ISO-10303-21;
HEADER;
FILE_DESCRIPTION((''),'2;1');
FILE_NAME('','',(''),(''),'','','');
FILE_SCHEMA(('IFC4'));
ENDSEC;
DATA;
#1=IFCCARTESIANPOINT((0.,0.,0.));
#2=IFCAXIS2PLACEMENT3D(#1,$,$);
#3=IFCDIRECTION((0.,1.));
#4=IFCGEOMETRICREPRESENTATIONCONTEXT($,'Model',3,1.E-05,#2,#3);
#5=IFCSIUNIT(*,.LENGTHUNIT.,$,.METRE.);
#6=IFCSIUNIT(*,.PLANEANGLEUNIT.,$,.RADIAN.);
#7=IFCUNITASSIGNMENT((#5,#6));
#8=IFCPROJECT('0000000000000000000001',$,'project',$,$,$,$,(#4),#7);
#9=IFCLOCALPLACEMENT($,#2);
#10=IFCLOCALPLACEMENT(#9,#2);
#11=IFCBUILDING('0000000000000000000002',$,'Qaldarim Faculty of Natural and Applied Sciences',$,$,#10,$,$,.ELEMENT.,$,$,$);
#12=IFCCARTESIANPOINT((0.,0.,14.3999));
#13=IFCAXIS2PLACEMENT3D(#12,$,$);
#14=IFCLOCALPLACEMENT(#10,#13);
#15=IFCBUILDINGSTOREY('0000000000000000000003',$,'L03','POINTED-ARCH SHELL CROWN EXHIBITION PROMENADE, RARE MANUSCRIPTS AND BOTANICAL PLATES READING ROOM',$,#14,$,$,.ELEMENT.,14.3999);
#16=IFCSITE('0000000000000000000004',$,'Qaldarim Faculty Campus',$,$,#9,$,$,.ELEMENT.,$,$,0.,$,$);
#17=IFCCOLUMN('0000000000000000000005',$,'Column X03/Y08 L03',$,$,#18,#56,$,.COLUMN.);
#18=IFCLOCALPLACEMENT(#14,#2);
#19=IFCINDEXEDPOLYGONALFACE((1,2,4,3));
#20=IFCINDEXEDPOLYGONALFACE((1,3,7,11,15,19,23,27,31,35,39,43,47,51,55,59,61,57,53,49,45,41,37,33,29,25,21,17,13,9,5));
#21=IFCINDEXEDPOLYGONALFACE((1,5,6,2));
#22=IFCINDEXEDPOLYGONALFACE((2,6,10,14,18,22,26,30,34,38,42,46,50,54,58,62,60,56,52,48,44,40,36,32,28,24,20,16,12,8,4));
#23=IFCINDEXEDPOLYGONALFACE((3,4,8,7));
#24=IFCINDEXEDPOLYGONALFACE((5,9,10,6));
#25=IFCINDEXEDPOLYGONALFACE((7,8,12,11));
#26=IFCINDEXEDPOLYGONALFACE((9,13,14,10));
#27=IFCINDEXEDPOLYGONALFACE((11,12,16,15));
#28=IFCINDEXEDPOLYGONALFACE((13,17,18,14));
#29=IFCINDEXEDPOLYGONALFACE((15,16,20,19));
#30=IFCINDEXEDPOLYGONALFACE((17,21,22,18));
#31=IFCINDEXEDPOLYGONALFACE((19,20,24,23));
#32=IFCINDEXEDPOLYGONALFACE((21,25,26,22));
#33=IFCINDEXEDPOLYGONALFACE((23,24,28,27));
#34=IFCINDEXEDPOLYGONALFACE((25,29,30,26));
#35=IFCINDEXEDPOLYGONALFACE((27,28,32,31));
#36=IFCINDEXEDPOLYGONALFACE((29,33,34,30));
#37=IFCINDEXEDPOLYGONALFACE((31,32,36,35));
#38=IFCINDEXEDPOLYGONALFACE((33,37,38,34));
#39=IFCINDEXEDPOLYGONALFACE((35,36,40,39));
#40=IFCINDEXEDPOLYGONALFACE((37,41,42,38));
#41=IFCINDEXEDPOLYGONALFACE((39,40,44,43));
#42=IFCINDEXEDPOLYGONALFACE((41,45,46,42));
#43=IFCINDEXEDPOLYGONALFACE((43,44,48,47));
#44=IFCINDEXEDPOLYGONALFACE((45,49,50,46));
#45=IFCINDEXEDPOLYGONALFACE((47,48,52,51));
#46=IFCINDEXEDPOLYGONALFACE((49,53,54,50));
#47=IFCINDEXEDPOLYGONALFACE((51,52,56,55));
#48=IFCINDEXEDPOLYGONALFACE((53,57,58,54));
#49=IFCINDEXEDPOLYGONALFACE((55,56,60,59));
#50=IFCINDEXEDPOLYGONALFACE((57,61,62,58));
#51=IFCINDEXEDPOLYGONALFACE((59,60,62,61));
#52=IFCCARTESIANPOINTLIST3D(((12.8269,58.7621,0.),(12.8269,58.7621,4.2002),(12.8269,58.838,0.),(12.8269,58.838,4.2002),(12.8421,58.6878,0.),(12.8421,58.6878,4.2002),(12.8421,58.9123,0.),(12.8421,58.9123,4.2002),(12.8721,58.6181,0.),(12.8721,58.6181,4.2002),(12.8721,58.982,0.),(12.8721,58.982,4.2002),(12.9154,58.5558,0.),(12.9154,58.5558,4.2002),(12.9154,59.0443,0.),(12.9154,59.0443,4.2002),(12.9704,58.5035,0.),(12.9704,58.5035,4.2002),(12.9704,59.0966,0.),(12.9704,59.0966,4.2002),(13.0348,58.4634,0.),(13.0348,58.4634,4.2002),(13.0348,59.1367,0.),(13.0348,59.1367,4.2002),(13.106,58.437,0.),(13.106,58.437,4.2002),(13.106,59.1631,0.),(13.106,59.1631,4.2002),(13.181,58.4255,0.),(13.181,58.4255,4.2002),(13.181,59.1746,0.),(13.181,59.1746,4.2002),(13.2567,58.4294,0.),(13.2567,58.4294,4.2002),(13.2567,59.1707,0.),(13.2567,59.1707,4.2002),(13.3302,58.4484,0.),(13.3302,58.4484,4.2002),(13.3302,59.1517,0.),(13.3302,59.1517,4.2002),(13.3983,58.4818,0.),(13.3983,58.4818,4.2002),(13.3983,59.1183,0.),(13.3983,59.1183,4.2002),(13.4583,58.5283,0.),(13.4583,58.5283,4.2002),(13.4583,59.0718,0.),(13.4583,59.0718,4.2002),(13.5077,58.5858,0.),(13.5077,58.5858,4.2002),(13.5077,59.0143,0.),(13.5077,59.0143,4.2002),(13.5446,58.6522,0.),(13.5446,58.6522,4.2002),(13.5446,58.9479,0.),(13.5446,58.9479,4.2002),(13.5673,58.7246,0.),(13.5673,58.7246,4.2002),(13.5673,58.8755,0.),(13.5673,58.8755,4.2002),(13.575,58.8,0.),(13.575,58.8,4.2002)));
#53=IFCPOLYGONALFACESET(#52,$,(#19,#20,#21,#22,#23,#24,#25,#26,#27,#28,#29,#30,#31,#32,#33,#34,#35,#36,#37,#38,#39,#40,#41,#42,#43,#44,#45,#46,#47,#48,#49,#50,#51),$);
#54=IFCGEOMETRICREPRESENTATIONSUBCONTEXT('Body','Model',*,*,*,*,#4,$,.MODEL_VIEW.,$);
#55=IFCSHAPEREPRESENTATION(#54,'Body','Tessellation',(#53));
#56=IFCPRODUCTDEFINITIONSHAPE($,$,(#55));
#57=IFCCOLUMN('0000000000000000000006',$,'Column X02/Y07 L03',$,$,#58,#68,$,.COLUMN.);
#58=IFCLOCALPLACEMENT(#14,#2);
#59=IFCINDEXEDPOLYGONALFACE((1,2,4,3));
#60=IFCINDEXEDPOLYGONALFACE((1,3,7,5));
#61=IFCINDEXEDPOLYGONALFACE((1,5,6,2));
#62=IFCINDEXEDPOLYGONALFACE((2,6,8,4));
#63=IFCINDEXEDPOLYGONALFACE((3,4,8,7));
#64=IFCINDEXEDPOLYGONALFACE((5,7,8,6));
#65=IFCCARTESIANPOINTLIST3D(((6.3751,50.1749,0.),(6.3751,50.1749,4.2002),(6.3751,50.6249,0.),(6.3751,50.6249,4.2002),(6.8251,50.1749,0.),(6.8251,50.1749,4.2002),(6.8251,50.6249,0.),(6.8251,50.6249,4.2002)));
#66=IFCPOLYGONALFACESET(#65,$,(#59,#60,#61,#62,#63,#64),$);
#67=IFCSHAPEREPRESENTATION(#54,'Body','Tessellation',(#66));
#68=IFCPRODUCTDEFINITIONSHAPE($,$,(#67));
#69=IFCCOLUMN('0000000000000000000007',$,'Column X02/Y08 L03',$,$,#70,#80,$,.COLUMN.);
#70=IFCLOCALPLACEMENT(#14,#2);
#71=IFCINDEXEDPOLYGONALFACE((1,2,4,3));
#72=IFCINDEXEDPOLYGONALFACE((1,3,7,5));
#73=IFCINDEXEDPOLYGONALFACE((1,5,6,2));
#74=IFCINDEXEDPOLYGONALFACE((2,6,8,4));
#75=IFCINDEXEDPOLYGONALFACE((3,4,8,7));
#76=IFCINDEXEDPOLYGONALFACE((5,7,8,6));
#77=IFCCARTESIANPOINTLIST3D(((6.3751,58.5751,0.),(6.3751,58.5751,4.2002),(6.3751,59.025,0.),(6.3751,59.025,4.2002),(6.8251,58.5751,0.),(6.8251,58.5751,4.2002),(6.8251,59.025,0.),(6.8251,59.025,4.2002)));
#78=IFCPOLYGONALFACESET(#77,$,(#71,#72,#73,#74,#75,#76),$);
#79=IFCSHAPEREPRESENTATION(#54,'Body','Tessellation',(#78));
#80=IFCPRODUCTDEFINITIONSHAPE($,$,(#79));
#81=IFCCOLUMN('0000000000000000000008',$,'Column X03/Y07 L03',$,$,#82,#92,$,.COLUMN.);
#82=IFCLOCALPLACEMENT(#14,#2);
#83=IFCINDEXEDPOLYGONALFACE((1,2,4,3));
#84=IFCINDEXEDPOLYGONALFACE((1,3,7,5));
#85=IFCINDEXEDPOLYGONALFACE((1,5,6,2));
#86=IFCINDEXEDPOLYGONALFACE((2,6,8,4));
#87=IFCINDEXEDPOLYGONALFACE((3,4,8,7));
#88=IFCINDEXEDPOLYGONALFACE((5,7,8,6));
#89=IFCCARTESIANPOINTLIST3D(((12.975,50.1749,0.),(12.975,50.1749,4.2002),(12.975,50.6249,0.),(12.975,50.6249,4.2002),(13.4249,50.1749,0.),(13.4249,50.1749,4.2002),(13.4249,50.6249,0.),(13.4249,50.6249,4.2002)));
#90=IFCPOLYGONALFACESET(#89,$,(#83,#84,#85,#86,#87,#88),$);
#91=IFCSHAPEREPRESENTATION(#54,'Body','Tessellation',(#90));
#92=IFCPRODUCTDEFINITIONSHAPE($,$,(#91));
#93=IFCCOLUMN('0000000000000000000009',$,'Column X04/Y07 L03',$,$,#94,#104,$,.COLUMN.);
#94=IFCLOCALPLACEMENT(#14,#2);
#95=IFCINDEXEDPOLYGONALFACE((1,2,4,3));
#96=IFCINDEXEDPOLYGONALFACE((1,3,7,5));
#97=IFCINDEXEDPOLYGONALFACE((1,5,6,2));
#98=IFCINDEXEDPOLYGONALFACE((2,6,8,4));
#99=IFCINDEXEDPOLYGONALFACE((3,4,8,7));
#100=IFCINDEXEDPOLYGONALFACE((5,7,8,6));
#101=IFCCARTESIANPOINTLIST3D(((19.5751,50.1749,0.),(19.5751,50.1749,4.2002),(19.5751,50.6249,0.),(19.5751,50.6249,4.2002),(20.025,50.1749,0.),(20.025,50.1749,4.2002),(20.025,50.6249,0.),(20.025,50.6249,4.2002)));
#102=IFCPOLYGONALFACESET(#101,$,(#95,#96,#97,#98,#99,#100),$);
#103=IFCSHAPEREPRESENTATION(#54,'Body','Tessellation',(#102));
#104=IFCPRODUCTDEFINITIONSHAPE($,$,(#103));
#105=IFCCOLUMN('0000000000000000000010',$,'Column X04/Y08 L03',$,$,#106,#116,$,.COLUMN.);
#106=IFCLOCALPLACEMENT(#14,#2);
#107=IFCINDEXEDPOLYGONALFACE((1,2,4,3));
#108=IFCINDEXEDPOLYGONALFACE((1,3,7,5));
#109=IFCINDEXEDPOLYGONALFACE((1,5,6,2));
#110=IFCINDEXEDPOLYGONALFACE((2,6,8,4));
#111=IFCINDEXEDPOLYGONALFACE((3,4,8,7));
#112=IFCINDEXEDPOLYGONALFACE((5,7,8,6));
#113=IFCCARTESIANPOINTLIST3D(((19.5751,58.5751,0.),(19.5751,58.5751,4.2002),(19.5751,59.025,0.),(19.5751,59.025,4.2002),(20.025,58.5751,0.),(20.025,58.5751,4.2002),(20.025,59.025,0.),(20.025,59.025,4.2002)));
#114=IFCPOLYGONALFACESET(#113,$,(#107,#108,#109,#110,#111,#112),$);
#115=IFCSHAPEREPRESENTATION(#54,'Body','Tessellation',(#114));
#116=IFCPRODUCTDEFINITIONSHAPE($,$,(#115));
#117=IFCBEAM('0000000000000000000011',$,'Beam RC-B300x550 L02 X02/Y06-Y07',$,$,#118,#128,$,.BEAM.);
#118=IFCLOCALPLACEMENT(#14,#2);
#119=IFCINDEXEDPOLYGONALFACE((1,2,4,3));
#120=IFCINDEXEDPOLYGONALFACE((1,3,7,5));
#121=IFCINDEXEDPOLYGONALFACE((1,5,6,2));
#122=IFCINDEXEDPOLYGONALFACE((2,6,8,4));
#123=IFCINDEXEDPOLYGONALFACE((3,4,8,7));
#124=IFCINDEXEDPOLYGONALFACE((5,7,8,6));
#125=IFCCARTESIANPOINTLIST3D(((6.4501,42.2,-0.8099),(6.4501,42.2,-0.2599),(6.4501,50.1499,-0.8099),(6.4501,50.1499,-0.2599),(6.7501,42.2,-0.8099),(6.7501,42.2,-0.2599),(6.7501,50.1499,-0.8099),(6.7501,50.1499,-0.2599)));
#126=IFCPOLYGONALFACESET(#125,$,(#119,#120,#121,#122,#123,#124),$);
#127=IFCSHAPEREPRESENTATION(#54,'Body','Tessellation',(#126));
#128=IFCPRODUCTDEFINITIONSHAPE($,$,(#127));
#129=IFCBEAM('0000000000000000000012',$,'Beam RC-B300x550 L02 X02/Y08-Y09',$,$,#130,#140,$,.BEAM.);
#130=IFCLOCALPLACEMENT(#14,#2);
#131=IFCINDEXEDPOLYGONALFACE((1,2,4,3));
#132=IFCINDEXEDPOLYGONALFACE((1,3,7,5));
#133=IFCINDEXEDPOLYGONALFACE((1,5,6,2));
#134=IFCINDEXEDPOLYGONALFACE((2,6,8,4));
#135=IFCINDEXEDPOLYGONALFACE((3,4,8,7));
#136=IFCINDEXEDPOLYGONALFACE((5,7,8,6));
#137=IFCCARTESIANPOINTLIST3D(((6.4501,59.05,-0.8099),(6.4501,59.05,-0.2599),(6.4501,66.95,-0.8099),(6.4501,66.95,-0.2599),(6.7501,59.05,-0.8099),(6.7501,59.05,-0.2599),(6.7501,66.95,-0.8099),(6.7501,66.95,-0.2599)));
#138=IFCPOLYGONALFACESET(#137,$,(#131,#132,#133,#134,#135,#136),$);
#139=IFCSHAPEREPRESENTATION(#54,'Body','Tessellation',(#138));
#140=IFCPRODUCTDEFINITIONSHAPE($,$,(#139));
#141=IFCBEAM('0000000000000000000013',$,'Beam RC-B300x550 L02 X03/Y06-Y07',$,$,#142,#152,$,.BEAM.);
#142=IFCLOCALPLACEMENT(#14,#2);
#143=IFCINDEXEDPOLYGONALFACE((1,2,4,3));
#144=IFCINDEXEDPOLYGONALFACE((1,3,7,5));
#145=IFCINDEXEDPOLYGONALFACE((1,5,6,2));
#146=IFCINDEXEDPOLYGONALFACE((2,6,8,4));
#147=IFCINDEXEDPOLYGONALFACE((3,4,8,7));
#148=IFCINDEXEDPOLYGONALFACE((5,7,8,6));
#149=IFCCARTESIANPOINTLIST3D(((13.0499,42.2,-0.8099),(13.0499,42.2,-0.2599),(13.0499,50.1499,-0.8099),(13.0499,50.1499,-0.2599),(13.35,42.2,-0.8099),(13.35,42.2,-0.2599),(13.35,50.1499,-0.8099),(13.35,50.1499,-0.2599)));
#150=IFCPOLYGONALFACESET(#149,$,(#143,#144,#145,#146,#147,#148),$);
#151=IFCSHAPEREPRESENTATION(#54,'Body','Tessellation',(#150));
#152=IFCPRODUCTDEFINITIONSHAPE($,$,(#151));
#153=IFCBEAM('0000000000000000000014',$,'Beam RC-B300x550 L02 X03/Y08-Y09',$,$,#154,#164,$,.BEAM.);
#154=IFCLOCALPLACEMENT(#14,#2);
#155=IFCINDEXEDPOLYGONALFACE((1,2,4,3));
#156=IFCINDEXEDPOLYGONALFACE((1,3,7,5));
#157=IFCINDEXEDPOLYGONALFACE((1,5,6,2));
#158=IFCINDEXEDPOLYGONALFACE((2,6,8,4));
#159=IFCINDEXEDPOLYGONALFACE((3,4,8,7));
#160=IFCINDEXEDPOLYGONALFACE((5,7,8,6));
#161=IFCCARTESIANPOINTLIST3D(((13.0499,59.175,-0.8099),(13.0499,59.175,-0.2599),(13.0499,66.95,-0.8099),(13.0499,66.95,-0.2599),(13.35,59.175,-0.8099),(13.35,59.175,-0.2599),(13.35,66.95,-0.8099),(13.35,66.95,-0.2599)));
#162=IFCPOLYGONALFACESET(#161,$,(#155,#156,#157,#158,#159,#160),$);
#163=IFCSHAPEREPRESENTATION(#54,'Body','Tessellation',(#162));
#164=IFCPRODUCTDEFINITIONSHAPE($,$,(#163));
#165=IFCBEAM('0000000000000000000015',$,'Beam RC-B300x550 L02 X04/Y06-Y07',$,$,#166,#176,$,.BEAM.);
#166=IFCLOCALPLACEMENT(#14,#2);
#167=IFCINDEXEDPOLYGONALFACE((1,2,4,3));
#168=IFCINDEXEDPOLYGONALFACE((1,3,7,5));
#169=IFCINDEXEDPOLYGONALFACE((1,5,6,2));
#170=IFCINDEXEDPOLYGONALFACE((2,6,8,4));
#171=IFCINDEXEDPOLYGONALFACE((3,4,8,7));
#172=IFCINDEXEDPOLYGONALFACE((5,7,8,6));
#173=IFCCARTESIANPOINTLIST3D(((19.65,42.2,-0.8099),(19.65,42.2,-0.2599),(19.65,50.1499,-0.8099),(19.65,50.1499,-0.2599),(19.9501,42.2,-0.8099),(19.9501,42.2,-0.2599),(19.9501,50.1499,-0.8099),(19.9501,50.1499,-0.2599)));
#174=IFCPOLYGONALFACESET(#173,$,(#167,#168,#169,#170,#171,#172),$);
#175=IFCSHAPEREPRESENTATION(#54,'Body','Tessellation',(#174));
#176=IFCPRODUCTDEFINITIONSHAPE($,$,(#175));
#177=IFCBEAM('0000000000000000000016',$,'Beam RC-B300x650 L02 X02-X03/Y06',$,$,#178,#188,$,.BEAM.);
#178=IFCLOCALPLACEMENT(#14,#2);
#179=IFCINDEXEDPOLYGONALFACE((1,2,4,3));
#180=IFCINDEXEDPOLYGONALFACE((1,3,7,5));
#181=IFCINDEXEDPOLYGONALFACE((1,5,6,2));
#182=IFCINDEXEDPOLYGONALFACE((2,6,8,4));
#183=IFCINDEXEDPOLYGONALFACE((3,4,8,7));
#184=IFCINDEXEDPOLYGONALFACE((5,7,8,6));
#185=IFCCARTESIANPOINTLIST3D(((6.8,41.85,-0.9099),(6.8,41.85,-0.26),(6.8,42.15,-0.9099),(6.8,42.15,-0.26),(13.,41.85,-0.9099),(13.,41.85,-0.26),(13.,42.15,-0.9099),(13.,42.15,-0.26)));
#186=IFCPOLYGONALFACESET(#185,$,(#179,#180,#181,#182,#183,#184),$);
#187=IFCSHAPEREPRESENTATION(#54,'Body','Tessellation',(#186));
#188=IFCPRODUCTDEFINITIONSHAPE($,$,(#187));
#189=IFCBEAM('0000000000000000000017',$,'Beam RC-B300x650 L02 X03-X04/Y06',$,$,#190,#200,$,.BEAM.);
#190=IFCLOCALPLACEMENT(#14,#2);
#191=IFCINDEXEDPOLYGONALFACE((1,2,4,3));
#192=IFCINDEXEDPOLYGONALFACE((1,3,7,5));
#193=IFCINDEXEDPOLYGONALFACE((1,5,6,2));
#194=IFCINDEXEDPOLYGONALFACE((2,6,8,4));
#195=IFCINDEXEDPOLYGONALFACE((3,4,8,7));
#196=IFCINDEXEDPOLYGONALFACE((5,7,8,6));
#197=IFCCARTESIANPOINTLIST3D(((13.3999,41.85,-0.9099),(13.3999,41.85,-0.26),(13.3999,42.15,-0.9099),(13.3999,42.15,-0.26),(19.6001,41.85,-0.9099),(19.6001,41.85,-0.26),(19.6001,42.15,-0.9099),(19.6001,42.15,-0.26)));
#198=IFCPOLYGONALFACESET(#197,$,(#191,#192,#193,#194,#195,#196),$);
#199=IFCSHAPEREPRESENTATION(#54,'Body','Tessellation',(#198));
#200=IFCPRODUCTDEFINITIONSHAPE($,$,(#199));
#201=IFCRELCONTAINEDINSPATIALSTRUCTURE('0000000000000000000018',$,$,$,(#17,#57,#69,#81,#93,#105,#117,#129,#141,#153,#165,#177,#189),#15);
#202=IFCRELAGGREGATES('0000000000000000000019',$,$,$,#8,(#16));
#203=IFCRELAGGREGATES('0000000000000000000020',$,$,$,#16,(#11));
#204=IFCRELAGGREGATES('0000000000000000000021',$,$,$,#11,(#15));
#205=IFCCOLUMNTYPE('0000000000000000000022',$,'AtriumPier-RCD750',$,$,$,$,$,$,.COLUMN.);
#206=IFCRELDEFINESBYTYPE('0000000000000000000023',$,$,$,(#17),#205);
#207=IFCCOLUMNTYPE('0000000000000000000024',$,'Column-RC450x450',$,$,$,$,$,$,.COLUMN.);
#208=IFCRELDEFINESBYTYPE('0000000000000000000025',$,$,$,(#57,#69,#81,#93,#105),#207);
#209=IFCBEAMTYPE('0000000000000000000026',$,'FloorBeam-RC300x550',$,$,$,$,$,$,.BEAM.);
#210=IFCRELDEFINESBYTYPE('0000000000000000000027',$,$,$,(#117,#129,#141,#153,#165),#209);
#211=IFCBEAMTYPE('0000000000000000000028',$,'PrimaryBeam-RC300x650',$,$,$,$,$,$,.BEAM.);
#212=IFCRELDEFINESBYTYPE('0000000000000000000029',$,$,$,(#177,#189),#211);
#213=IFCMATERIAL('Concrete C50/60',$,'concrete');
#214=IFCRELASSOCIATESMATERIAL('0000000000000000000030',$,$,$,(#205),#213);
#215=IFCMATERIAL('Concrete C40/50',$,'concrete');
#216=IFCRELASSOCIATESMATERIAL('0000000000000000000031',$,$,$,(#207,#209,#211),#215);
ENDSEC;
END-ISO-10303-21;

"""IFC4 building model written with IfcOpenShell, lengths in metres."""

from ifc_helpers import new_model, si_unit, direction, frame, origin, origin_2d, place, context, subcontext, project, spatial, rectangle, circle, extrude, material, material_profile, profile_set, type_object, element, save


model = new_model("IFC4")

# Units and contexts
model_context = context("Model", 3, precision=1e-05, world=origin(), true_north=direction((0.0, 1.0)))
body_context = subcontext(model_context, "Body", "Model", "MODEL_VIEW")
ifc_project = project(units=[si_unit("LENGTHUNIT", "METRE"), si_unit("PLANEANGLEUNIT", "RADIAN")], contexts=[model_context])

# Site, building, storey
site_placement = place(None, origin())
site = spatial("IfcSite", under=ifc_project, at=site_placement, Name="Qaldarim Faculty Campus", CompositionType="ELEMENT", RefElevation=0.0)
building_placement = place(site_placement, origin())
building = spatial("IfcBuilding", under=site, at=building_placement, Name="Qaldarim Faculty of Natural and Applied Sciences", CompositionType="ELEMENT")
storey_placement = place(building_placement, frame((0.0, 0.0, 14.3999)))
storey = spatial("IfcBuildingStorey", under=building, at=storey_placement, Name="L03", Description="POINTED-ARCH SHELL CROWN EXHIBITION PROMENADE, RARE MANUSCRIPTS AND BOTANICAL PLATES READING ROOM", CompositionType="ELEMENT", Elevation=14.3999)

# Columns
ifc_material_1 = material(Name="Concrete C50/60", Category="concrete")
ifc_material_profile_1 = material_profile(ifc_material_1, circle(Radius=0.375, at=origin_2d()), Name="RC-D750")
ifc_profile_set_1 = profile_set([ifc_material_profile_1], Name="Concrete C50/60")
column_type_1 = type_object("IfcColumnType", Name="AtriumPier-RCD750", PredefinedType="COLUMN", material=ifc_profile_set_1)
column_placement = place(storey_placement, frame((13.2, 58.8, 0.0), z_axis=(0.0, 0.0, 1.0), x_axis=(1.0, 0.0, 0.0)))
element("IfcColumn", 1, at=column_placement, inside=storey, type_object=column_type_1, Name="Column X03/Y08 L03", PredefinedType="COLUMN", context=body_context, shape_type="SweptSolid", body=[
    extrude(circle(Radius=0.375, at=origin_2d()), origin(), (0.0, 0.0, 1.0), 4.2002),
])
ifc_material_2 = material(Name="Concrete C40/50", Category="concrete")
ifc_material_profile_2 = material_profile(ifc_material_2, rectangle(XDim=0.45, YDim=0.45, at=origin_2d()), Name="RC-C450x450")
ifc_profile_set_2 = profile_set([ifc_material_profile_2], Name="Concrete C40/50")
column_type_2 = type_object("IfcColumnType", Name="Column-RC450x450", PredefinedType="COLUMN", material=ifc_profile_set_2)
for number, where, z_axis, x_axis, name in (
    (2, (6.6001, 50.3999, 0.0), (0.0, 0.0, 1.0), (1.0, 0.0, 0.0), "Column X02/Y07 L03"),
    (3, (6.6001, 58.8, 0.0), (0.0, 0.0, 1.0), (1.0, 0.0, 0.0), "Column X02/Y08 L03"),
    (4, (13.2, 50.3999, 0.0), (0.0, 0.0, 1.0), (1.0, 0.0, 0.0), "Column X03/Y07 L03"),
    (5, (19.8, 50.3999, 0.0), (0.0, 0.0, 1.0), (1.0, 0.0, 0.0), "Column X04/Y07 L03"),
    (6, (19.8, 58.8, 0.0), (0.0, 0.0, 1.0), (1.0, 0.0, 0.0), "Column X04/Y08 L03"),
):
    element("IfcColumn", number, at=place(storey_placement, frame(where, z_axis=z_axis, x_axis=x_axis)), inside=storey, type_object=column_type_2, Name=name, PredefinedType="COLUMN", context=body_context, shape_type="SweptSolid", body=[
        extrude(rectangle(XDim=0.45, YDim=0.45, at=origin_2d()), origin(), (0.0, 0.0, 1.0), 4.2002),
    ])

# Beams
ifc_material_profile_3 = material_profile(ifc_material_2, rectangle(XDim=0.3, YDim=0.55, at=origin_2d()), Name="RC-B300x550")
ifc_profile_set_3 = profile_set([ifc_material_profile_3], Name="Concrete C40/50")
beam_type_1 = type_object("IfcBeamType", Name="FloorBeam-RC300x550", PredefinedType="BEAM", material=ifc_profile_set_3)
beam_1_placement = place(storey_placement, frame((6.6001, 42.2, -0.5349), z_axis=(0.0, 1.0, 0.0), x_axis=(-1.0, 0.0, 0.0)))
element("IfcBeam", 7, at=beam_1_placement, inside=storey, type_object=beam_type_1, Name="Beam RC-B300x550 L02 X02/Y06-Y07", PredefinedType="BEAM", context=body_context, shape_type="SweptSolid", body=[
    extrude(rectangle(XDim=0.3, YDim=0.55, at=origin_2d()), origin(), (0.0, 0.0, 1.0), 7.95),
])
beam_2_placement = place(storey_placement, frame((6.6001, 59.05, -0.5349), z_axis=(0.0, 1.0, 0.0), x_axis=(-1.0, 0.0, 0.0)))
element("IfcBeam", 8, at=beam_2_placement, inside=storey, type_object=beam_type_1, Name="Beam RC-B300x550 L02 X02/Y08-Y09", PredefinedType="BEAM", context=body_context, shape_type="SweptSolid", body=[
    extrude(rectangle(XDim=0.3, YDim=0.55, at=origin_2d()), origin(), (0.0, 0.0, 1.0), 7.8999),
])
beam_3_placement = place(storey_placement, frame((13.2, 42.2, -0.5349), z_axis=(0.0, 1.0, 0.0), x_axis=(-1.0, 0.0, 0.0)))
element("IfcBeam", 9, at=beam_3_placement, inside=storey, type_object=beam_type_1, Name="Beam RC-B300x550 L02 X03/Y06-Y07", PredefinedType="BEAM", context=body_context, shape_type="SweptSolid", body=[
    extrude(rectangle(XDim=0.3, YDim=0.55, at=origin_2d()), origin(), (0.0, 0.0, 1.0), 7.95),
])
beam_4_placement = place(storey_placement, frame((13.2, 59.175, -0.5349), z_axis=(0.0, 1.0, 0.0), x_axis=(-1.0, 0.0, 0.0)))
element("IfcBeam", 10, at=beam_4_placement, inside=storey, type_object=beam_type_1, Name="Beam RC-B300x550 L02 X03/Y08-Y09", PredefinedType="BEAM", context=body_context, shape_type="SweptSolid", body=[
    extrude(rectangle(XDim=0.3, YDim=0.55, at=origin_2d()), origin(), (0.0, 0.0, 1.0), 7.7749),
])
beam_5_placement = place(storey_placement, frame((19.8, 42.2, -0.5349), z_axis=(0.0, 1.0, 0.0), x_axis=(-1.0, 0.0, 0.0)))
element("IfcBeam", 11, at=beam_5_placement, inside=storey, type_object=beam_type_1, Name="Beam RC-B300x550 L02 X04/Y06-Y07", PredefinedType="BEAM", context=body_context, shape_type="SweptSolid", body=[
    extrude(rectangle(XDim=0.3, YDim=0.55, at=origin_2d()), origin(), (0.0, 0.0, 1.0), 7.95),
])
ifc_material_profile_4 = material_profile(ifc_material_2, rectangle(XDim=0.3, YDim=0.6499, at=origin_2d()), Name="RC-B300x650")
ifc_profile_set_4 = profile_set([ifc_material_profile_4], Name="Concrete C40/50")
beam_type_2 = type_object("IfcBeamType", Name="PrimaryBeam-RC300x650", PredefinedType="BEAM", material=ifc_profile_set_4)
beam_6_placement = place(storey_placement, frame((6.8, 42.0, -0.585), z_axis=(1.0, 0.0, 0.0), x_axis=(0.0, 1.0, 0.0)))
element("IfcBeam", 12, at=beam_6_placement, inside=storey, type_object=beam_type_2, Name="Beam RC-B300x650 L02 X02-X03/Y06", PredefinedType="BEAM", context=body_context, shape_type="SweptSolid", body=[
    extrude(rectangle(XDim=0.3, YDim=0.6499, at=origin_2d()), origin(), (0.0, 0.0, 1.0), 6.2),
])
beam_7_placement = place(storey_placement, frame((13.3999, 42.0, -0.585), z_axis=(1.0, 0.0, 0.0), x_axis=(0.0, 1.0, 0.0)))
element("IfcBeam", 13, at=beam_7_placement, inside=storey, type_object=beam_type_2, Name="Beam RC-B300x650 L02 X03-X04/Y06", PredefinedType="BEAM", context=body_context, shape_type="SweptSolid", body=[
    extrude(rectangle(XDim=0.3, YDim=0.6499, at=origin_2d()), origin(), (0.0, 0.0, 1.0), 6.2002),
])

save(model, "model.ifc")
